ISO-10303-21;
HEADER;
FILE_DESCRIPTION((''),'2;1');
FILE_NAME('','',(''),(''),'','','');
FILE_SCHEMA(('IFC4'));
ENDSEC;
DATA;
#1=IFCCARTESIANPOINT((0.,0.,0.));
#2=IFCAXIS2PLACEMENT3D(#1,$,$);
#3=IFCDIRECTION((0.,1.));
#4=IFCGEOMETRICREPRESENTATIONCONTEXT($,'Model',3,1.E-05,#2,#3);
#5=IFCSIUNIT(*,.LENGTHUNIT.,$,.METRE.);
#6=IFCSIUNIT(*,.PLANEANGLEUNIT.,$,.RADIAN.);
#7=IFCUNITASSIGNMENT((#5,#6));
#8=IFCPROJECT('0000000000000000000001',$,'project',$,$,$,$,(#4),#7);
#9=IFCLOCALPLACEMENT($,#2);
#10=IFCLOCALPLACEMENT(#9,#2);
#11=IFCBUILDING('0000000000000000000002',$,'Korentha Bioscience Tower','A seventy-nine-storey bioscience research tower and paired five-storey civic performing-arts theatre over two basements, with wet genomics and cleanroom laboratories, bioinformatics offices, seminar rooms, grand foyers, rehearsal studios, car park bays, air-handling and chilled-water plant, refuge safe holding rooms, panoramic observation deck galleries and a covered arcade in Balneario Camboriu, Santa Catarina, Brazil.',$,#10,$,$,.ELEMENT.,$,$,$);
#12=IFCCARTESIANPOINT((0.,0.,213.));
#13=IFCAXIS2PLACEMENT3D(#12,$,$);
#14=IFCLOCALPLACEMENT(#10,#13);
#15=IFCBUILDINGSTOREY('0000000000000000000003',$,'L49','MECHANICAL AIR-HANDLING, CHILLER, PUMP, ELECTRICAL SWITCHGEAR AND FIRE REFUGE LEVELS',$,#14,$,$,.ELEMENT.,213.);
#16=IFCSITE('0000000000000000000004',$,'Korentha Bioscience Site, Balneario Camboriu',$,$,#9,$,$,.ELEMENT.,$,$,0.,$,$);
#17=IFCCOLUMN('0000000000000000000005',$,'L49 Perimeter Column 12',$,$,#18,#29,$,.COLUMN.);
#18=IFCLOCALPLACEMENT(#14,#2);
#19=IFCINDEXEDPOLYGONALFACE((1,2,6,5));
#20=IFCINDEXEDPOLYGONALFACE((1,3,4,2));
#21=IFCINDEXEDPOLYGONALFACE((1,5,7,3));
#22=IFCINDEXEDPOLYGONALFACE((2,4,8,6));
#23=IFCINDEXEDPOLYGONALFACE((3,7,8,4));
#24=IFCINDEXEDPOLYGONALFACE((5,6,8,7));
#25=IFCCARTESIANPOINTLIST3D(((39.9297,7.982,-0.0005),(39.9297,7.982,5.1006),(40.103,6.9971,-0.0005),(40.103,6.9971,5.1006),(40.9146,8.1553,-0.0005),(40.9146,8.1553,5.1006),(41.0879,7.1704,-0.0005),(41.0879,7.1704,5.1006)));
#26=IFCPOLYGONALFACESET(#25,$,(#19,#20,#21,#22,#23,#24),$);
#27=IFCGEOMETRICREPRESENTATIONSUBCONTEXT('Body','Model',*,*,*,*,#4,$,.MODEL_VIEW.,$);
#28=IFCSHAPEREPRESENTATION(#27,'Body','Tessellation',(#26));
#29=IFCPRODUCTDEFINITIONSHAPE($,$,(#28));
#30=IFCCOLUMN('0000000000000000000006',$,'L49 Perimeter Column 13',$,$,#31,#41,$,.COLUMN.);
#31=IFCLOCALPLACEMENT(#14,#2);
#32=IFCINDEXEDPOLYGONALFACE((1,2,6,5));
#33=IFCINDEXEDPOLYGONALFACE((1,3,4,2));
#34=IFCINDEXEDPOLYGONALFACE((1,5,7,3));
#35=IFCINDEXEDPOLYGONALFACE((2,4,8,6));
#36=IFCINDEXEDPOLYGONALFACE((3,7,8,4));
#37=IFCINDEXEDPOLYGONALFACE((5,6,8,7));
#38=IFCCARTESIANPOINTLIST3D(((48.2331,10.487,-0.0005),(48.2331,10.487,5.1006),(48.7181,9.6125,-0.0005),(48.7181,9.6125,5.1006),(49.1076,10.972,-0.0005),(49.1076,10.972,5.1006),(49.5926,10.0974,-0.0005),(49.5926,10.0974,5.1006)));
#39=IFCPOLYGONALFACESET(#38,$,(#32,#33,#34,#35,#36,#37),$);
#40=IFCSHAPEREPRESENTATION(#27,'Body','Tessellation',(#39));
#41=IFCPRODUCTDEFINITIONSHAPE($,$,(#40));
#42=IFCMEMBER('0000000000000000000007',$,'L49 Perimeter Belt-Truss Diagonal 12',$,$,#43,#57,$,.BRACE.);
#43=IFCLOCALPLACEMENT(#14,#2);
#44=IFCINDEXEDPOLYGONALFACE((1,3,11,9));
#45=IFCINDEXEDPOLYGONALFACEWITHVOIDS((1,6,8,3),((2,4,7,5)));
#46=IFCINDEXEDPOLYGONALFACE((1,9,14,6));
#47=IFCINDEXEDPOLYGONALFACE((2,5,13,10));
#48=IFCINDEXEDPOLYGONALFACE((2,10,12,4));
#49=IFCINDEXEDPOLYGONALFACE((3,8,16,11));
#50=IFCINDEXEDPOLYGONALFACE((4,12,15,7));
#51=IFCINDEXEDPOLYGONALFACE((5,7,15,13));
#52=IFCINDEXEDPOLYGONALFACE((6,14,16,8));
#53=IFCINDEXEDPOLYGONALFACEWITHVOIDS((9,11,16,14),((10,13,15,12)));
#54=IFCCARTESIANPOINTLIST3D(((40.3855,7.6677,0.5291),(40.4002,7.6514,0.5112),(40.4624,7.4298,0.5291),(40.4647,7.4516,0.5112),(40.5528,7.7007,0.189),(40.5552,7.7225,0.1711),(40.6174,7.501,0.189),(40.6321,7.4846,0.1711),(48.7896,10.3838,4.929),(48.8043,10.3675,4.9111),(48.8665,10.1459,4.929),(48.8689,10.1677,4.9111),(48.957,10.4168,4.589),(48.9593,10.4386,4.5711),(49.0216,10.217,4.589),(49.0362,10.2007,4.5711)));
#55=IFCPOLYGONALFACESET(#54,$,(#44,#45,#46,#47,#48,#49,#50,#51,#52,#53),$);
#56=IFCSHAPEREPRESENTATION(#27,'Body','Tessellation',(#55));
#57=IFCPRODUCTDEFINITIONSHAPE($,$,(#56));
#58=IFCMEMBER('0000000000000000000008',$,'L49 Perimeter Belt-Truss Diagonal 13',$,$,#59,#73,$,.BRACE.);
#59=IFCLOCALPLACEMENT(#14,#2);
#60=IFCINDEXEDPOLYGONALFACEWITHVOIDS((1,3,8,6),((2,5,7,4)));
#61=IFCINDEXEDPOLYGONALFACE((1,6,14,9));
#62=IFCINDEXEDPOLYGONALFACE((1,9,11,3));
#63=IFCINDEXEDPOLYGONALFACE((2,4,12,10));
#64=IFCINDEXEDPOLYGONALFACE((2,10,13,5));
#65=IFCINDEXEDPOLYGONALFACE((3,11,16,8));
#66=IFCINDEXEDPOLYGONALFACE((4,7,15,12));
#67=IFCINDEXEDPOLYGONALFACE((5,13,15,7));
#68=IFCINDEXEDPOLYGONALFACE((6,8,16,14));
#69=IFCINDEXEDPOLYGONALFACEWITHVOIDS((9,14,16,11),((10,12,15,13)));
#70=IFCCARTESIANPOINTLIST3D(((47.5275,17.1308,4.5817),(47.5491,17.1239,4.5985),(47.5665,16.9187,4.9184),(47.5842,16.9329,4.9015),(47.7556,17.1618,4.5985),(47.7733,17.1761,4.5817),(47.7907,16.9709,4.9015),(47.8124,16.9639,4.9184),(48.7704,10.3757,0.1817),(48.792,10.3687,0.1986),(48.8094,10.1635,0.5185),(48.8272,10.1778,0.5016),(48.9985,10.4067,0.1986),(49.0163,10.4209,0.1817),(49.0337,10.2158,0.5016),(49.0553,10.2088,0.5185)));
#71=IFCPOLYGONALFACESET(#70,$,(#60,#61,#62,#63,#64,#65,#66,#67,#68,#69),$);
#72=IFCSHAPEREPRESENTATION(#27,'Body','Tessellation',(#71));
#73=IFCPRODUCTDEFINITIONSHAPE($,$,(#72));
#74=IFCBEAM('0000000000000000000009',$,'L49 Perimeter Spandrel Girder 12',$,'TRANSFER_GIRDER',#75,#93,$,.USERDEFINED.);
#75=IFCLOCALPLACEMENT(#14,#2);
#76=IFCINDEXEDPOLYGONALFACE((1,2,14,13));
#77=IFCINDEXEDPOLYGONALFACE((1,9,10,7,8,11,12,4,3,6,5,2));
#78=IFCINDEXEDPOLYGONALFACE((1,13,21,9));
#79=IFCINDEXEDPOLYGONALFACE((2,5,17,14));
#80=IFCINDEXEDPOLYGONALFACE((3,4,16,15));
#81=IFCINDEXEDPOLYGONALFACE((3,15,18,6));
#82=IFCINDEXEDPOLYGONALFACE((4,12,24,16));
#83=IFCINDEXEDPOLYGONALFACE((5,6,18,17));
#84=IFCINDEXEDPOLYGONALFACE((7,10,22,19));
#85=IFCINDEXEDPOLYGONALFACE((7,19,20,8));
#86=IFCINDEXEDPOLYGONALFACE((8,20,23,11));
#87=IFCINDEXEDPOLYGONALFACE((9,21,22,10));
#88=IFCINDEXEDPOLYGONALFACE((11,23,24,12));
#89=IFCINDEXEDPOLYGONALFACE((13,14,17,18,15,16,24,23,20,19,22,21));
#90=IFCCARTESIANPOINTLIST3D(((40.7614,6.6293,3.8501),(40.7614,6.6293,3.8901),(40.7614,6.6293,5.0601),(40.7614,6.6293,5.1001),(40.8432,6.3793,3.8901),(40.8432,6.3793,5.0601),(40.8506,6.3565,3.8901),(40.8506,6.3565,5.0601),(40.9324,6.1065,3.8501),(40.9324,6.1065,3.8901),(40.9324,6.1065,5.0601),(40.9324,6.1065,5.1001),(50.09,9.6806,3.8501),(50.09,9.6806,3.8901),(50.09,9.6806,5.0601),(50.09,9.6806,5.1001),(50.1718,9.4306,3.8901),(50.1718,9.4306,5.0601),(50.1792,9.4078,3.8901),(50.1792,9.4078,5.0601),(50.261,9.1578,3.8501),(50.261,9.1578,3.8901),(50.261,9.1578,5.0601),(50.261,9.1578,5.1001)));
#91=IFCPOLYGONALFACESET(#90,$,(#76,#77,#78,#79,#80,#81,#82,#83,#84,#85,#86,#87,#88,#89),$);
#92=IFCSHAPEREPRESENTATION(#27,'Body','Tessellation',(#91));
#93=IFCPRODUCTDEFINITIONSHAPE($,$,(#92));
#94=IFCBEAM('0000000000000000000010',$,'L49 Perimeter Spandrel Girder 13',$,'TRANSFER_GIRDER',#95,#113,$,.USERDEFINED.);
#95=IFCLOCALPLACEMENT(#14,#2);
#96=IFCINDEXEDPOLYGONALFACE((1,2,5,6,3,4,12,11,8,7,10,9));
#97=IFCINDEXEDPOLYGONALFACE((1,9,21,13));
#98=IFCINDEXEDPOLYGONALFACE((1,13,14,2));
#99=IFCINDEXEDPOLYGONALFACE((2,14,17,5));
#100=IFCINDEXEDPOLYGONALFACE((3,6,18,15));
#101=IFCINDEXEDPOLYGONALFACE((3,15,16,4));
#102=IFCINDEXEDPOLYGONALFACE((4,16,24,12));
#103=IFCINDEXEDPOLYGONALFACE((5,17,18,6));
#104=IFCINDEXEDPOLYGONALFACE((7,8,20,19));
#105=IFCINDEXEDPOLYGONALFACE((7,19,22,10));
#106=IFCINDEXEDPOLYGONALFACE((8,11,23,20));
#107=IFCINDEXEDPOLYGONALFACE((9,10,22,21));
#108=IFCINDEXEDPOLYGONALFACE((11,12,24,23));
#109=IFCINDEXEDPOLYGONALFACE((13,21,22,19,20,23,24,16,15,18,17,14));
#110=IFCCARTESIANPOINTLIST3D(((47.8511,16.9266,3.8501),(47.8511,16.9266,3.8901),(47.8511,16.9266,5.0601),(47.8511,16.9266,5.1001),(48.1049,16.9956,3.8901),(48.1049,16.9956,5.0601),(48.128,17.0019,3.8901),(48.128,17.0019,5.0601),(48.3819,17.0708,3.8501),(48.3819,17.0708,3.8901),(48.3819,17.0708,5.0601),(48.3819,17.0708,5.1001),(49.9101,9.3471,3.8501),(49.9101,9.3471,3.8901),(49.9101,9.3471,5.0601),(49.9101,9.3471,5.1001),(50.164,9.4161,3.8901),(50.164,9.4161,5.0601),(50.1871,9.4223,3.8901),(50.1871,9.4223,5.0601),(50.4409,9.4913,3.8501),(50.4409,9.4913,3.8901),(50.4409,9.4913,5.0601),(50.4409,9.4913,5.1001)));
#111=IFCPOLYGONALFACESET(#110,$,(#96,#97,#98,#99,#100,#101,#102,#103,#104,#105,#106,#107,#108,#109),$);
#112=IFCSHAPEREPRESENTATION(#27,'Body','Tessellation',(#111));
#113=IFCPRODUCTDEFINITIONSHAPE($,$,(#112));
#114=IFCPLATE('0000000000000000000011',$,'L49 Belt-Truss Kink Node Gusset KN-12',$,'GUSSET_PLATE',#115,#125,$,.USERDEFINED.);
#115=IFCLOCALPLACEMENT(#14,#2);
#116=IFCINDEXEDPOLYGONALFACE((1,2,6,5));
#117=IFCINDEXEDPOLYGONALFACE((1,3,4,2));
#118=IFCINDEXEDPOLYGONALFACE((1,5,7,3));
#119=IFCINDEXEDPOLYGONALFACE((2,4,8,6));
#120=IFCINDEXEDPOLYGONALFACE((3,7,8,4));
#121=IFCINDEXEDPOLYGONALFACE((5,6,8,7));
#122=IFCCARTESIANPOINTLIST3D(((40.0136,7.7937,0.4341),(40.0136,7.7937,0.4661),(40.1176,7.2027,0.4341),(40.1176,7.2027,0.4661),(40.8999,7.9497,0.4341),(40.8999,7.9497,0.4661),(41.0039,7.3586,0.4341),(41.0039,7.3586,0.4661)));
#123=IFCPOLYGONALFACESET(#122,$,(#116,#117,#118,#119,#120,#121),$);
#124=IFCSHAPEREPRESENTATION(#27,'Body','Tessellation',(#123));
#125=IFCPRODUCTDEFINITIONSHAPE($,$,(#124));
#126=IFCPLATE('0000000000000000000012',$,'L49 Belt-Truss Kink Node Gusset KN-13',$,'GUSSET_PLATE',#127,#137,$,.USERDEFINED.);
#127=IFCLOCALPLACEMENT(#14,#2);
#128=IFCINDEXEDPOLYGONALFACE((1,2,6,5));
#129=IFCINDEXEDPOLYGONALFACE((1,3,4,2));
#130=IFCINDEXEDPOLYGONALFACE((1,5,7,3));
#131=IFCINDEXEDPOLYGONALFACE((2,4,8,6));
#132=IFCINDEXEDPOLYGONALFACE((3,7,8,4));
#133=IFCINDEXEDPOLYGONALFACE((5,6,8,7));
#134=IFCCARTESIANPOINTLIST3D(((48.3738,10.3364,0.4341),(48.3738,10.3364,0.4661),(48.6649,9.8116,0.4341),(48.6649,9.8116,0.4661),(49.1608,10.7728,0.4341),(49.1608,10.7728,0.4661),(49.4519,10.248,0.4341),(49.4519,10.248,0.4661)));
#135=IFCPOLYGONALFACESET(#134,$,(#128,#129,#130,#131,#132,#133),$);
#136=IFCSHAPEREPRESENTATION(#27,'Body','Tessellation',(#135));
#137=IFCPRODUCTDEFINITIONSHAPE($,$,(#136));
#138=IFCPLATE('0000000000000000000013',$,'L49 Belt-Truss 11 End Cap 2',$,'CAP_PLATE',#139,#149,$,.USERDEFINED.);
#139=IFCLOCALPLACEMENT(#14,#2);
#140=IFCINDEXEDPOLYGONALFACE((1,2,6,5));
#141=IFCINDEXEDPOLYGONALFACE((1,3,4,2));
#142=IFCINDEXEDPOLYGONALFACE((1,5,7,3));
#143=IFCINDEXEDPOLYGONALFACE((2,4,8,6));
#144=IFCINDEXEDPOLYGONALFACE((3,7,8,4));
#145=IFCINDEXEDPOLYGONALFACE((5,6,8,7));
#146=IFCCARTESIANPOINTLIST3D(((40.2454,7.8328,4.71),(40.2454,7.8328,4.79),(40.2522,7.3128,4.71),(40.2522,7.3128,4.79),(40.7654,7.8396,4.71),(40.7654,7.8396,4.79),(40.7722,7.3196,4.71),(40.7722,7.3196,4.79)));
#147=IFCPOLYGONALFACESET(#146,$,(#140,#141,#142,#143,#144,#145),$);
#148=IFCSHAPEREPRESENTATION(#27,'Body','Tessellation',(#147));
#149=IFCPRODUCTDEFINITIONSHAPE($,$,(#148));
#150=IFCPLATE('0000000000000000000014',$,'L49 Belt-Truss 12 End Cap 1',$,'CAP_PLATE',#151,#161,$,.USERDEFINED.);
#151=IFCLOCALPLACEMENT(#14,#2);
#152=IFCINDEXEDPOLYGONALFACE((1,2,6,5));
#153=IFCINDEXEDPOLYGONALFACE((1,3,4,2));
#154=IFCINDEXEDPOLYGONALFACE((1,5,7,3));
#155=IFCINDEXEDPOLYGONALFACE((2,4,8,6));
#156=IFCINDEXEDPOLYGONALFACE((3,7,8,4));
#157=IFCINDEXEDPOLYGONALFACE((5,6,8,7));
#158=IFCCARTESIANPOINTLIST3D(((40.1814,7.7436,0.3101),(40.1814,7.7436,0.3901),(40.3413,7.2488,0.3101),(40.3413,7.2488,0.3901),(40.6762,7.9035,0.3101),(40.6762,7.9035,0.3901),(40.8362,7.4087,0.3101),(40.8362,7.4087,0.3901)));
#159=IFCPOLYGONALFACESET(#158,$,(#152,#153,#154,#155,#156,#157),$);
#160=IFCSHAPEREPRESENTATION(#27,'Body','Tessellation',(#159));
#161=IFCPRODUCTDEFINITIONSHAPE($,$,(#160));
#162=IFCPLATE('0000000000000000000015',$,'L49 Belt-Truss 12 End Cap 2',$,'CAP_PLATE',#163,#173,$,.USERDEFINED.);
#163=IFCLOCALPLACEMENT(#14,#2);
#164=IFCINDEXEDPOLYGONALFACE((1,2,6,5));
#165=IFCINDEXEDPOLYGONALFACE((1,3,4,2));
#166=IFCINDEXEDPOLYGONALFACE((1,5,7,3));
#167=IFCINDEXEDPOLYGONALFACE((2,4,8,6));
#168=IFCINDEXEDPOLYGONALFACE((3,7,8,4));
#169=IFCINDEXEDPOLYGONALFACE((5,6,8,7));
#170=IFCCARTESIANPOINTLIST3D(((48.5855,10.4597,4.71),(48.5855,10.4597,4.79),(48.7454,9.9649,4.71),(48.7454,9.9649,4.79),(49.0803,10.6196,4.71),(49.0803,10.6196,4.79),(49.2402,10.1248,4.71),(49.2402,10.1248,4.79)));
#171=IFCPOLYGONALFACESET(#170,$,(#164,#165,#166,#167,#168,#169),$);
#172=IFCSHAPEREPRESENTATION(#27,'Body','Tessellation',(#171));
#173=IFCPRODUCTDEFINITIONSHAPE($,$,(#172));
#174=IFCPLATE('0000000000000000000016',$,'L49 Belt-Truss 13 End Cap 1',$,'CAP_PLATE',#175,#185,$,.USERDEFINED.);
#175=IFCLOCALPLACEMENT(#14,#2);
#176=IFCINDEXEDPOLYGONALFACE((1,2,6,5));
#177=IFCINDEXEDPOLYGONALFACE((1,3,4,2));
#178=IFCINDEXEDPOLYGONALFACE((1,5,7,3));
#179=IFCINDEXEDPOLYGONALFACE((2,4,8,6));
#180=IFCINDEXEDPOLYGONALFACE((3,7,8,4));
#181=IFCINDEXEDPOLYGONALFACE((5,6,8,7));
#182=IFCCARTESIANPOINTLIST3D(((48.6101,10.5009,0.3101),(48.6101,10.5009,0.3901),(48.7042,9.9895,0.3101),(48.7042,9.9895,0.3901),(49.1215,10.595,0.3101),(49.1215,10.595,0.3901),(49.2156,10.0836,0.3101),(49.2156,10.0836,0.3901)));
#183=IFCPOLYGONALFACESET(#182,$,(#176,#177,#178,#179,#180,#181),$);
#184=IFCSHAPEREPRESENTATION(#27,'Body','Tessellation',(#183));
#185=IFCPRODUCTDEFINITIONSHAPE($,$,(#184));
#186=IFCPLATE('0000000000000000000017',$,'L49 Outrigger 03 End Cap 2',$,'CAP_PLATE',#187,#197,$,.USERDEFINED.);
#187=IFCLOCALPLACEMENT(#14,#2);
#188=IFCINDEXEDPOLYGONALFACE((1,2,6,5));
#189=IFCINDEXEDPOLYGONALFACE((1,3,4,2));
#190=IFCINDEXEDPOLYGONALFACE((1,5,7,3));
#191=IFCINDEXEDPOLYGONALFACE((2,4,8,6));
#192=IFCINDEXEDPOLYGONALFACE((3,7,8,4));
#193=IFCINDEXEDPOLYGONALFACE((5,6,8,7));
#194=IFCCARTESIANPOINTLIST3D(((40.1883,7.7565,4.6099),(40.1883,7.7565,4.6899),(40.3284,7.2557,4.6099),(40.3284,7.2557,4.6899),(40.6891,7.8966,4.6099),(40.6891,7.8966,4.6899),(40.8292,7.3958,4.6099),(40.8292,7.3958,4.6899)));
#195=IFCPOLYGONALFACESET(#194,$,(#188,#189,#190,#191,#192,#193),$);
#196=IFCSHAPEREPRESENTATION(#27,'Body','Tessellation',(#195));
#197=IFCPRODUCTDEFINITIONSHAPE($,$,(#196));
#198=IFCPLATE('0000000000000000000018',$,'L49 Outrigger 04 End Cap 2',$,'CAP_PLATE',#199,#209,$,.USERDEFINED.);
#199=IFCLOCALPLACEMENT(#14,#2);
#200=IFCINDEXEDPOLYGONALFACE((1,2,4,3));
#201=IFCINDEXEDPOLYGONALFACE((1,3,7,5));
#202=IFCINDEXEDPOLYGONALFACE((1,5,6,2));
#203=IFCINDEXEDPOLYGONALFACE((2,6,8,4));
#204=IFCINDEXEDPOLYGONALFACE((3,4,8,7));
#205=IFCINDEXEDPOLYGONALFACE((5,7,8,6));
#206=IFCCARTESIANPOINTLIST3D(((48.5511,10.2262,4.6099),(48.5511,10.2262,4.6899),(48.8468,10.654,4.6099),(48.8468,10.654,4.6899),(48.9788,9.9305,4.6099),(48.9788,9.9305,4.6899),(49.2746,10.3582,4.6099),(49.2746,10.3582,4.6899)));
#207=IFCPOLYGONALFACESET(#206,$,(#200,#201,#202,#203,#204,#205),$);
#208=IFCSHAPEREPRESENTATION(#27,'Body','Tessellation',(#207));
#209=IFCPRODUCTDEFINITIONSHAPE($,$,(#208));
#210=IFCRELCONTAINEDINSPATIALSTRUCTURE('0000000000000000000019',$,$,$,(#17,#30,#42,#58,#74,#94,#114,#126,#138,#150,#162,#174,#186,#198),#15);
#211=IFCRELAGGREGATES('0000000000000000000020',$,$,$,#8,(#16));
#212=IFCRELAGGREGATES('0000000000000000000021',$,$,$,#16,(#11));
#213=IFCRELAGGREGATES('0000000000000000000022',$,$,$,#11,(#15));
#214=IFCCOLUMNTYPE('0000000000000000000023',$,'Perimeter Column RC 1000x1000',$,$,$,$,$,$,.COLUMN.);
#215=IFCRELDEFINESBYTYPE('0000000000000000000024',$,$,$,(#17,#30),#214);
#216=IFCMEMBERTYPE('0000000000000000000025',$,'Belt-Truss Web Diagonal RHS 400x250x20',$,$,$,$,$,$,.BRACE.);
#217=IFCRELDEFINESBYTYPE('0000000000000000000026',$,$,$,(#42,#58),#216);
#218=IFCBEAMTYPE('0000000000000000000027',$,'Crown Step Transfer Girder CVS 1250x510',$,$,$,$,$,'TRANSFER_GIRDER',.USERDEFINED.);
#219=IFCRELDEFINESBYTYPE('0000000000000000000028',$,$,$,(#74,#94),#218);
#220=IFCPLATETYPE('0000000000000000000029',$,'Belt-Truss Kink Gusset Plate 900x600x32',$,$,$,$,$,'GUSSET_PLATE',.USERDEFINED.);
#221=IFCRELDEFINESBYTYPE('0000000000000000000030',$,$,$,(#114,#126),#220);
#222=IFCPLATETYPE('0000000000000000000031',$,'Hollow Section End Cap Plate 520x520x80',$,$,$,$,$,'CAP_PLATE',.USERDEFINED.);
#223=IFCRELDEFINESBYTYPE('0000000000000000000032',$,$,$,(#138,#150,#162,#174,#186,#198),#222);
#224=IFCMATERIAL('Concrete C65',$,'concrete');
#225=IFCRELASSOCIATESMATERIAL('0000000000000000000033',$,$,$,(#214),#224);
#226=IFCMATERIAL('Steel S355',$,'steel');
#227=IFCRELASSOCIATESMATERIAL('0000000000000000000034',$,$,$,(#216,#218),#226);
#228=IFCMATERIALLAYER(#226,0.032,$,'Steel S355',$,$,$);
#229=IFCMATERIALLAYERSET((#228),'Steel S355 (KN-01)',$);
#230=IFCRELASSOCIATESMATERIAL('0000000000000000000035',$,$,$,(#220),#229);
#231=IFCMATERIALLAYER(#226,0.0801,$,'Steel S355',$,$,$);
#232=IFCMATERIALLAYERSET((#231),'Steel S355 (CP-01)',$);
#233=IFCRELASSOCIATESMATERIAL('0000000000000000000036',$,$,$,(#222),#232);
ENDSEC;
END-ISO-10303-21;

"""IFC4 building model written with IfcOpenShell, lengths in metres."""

from ifc_helpers import new_model, si_unit, direction, frame, origin, origin_2d, place, context, subcontext, project, spatial, rectangle, hollow_rectangle, i_section, extrude, material, layer, layer_set, material_profile, profile_set, type_object, element, save


model = new_model("IFC4")

# Units and contexts
model_context = context("Model", 3, precision=1e-05, world=origin(), true_north=direction((0.0, 1.0)))
body_context = subcontext(model_context, "Body", "Model", "MODEL_VIEW")
ifc_project = project(units=[si_unit("LENGTHUNIT", "METRE"), si_unit("PLANEANGLEUNIT", "RADIAN")], contexts=[model_context])

# Site, building, storey
site_placement = place(None, origin())
site = spatial("IfcSite", under=ifc_project, at=site_placement, Name="Korentha Bioscience Site, Balneario Camboriu", CompositionType="ELEMENT", RefElevation=0.0)
building_placement = place(site_placement, origin())
building = spatial("IfcBuilding", under=site, at=building_placement, Name="Korentha Bioscience Tower", Description="A seventy-nine-storey bioscience research tower and paired five-storey civic performing-arts theatre over two basements, with wet genomics and cleanroom laboratories, bioinformatics offices, seminar rooms, grand foyers, rehearsal studios, car park bays, air-handling and chilled-water plant, refuge safe holding rooms, panoramic observation deck galleries and a covered arcade in Balneario Camboriu, Santa Catarina, Brazil.", CompositionType="ELEMENT")
storey_placement = place(building_placement, frame((0.0, 0.0, 213.0)))
storey = spatial("IfcBuildingStorey", under=building, at=storey_placement, Name="L49", Description="MECHANICAL AIR-HANDLING, CHILLER, PUMP, ELECTRICAL SWITCHGEAR AND FIRE REFUGE LEVELS", CompositionType="ELEMENT", Elevation=213.0)

# Columns
ifc_material_1 = material(Name="Concrete C65", Category="concrete")
ifc_material_profile_1 = material_profile(ifc_material_1, rectangle(XDim=1.0, YDim=1.0, at=origin_2d()), Name="Concrete C65")
ifc_profile_set_1 = profile_set([ifc_material_profile_1], Name="Concrete C65 (COL-P10)")
column_type = type_object("IfcColumnType", Name="Perimeter Column RC 1000x1000", PredefinedType="COLUMN", material=ifc_profile_set_1)
for number, where, z_axis, x_axis, name in (
    (1, (40.5088, 7.5762, -0.0005), (0.0, 0.0, 1.0), (0.984868, 0.173304, 0.0), "L49 Perimeter Column 12"),
    (2, (48.9128, 10.2922, -0.0005), (0.0, 0.0, 1.0), (0.874535, 0.484962, 0.0), "L49 Perimeter Column 13"),
):
    element("IfcColumn", number, at=place(storey_placement, frame(where, z_axis=z_axis, x_axis=x_axis)), inside=storey, type_object=column_type, Name=name, PredefinedType="COLUMN", context=body_context, shape_type="SweptSolid", body=[
        extrude(rectangle(XDim=1.0, YDim=1.0, at=origin_2d()), origin(), (0.0, 0.0, 1.0), 5.1011),
    ])

# Members
ifc_material_2 = material(Name="Steel S355", Category="steel")
ifc_material_profile_2 = material_profile(ifc_material_2, hollow_rectangle(XDim=0.25, YDim=0.3999, WallThickness=0.02, at=origin_2d()), Name="Steel S355")
ifc_profile_set_2 = profile_set([ifc_material_profile_2], Name="Steel S355 (BT-D400)")
member_type = type_object("IfcMemberType", Name="Belt-Truss Web Diagonal RHS 400x250x20", PredefinedType="BRACE", material=ifc_profile_set_2)
member_1_placement = place(storey_placement, frame((40.5088, 7.5762, 0.3501), z_axis=(0.851705, 0.275258, 0.445906), x_axis=(-0.307524, 0.95154, 0.0)))
element("IfcMember", 3, at=member_1_placement, inside=storey, type_object=member_type, Name="L49 Perimeter Belt-Truss Diagonal 12", PredefinedType="BRACE", context=body_context, shape_type="SweptSolid", body=[
    extrude(hollow_rectangle(XDim=0.25, YDim=0.3999, WallThickness=0.02, at=origin_2d()), origin(), (0.0, 0.0, 1.0), 9.8674),
])
member_2_placement = place(storey_placement, frame((48.9128, 10.2922, 0.3501), z_axis=(-0.152376, 0.828144, 0.539406), x_axis=(-0.983491, -0.180959, 0.0)))
element("IfcMember", 4, at=member_2_placement, inside=storey, type_object=member_type, Name="L49 Perimeter Belt-Truss Diagonal 13", PredefinedType="BRACE", context=body_context, shape_type="SweptSolid", body=[
    extrude(hollow_rectangle(XDim=0.25, YDim=0.3999, WallThickness=0.02, at=origin_2d()), origin(), (0.0, 0.0, 1.0), 8.157),
])

# Beams
ifc_material_profile_3 = material_profile(ifc_material_2, i_section(OverallWidth=0.55, OverallDepth=1.25, WebThickness=0.0239, FlangeThickness=0.04, at=origin_2d()), Name="Steel S355")
ifc_profile_set_3 = profile_set([ifc_material_profile_3], Name="Steel S355 (TG-03)")
beam_type = type_object("IfcBeamType", Name="Crown Step Transfer Girder CVS 1250x510", ElementType="TRANSFER_GIRDER", PredefinedType="USERDEFINED", material=ifc_profile_set_3)
beam_1_placement = place(storey_placement, frame((40.8469, 6.3679, 4.4751), z_axis=(0.950449, 0.31088, 0.0), x_axis=(-0.31088, 0.950449, 0.0)))
element("IfcBeam", 5, at=beam_1_placement, inside=storey, type_object=beam_type, Name="L49 Perimeter Spandrel Girder 12", ObjectType="TRANSFER_GIRDER", PredefinedType="USERDEFINED", context=body_context, shape_type="SweptSolid", body=[
    extrude(i_section(OverallWidth=0.55, OverallDepth=1.25, WebThickness=0.0239, FlangeThickness=0.04, at=origin_2d()), origin(), (0.0, 0.0, 1.0), 9.8149),
])
beam_2_placement = place(storey_placement, frame((50.1755, 9.4192, 4.4751), z_axis=(-0.26216, 0.965024, 0.0), x_axis=(-0.965024, -0.26216, 0.0)))
element("IfcBeam", 6, at=beam_2_placement, inside=storey, type_object=beam_type, Name="L49 Perimeter Spandrel Girder 13", ObjectType="TRANSFER_GIRDER", PredefinedType="USERDEFINED", context=body_context, shape_type="SweptSolid", body=[
    extrude(i_section(OverallWidth=0.55, OverallDepth=1.25, WebThickness=0.0239, FlangeThickness=0.04, at=origin_2d()), origin(), (0.0, 0.0, 1.0), 7.8542),
])

# Plates
ifc_layer_1 = layer(ifc_material_2, 0.032, Name="Steel S355")
ifc_layer_set_1 = layer_set([ifc_layer_1], Name="Steel S355 (KN-01)")
plate_type_1 = type_object("IfcPlateType", Name="Belt-Truss Kink Gusset Plate 900x600x32", ElementType="GUSSET_PLATE", PredefinedType="USERDEFINED", material=ifc_layer_set_1)
for number, where, z_axis, x_axis, name in (
    (7, (40.5088, 7.5762, 0.4341), (0.0, 0.0, 1.0), (0.984868, 0.173304, 0.0), "L49 Belt-Truss Kink Node Gusset KN-12"),
    (8, (48.9128, 10.2922, 0.4341), (0.0, 0.0, 1.0), (0.874535, 0.484962, 0.0), "L49 Belt-Truss Kink Node Gusset KN-13"),
):
    element("IfcPlate", number, at=place(storey_placement, frame(where, z_axis=z_axis, x_axis=x_axis)), inside=storey, type_object=plate_type_1, Name=name, ObjectType="GUSSET_PLATE", PredefinedType="USERDEFINED", context=body_context, shape_type="SweptSolid", body=[
        extrude(rectangle(XDim=0.8999, YDim=0.6001, at=origin_2d()), origin(), (0.0, 0.0, 1.0), 0.032),
    ])
ifc_layer_2 = layer(ifc_material_2, 0.0801, Name="Steel S355")
ifc_layer_set_2 = layer_set([ifc_layer_2], Name="Steel S355 (CP-01)")
plate_type_2 = type_object("IfcPlateType", Name="Hollow Section End Cap Plate 520x520x80", ElementType="CAP_PLATE", PredefinedType="USERDEFINED", material=ifc_layer_set_2)
for number, where, z_axis, x_axis, name in (
    (9, (40.5088, 7.5762, 4.71), (0.0, 0.0, 1.0), (0.999914, 0.01309, 0.0), "L49 Belt-Truss 11 End Cap 2"),
    (10, (40.5088, 7.5762, 0.3101), (0.0, 0.0, 1.0), (0.951541, 0.307523, 0.0), "L49 Belt-Truss 12 End Cap 1"),
    (11, (48.9128, 10.2922, 4.71), (0.0, 0.0, 1.0), (0.951541, 0.307523, 0.0), "L49 Belt-Truss 12 End Cap 2"),
    (12, (48.9128, 10.2922, 0.3101), (0.0, 0.0, 1.0), (-0.181034, 0.983477, 0.0), "L49 Belt-Truss 13 End Cap 1"),
    (13, (40.5088, 7.5762, 4.6099), (0.0, 0.0, 1.0), (-0.269424, 0.963022, 0.0), "L49 Outrigger 03 End Cap 2"),
    (14, (48.9128, 10.2922, 4.6099), (0.0, 0.0, 1.0), (-0.822541, 0.568705, 0.0), "L49 Outrigger 04 End Cap 2"),
):
    element("IfcPlate", number, at=place(storey_placement, frame(where, z_axis=z_axis, x_axis=x_axis)), inside=storey, type_object=plate_type_2, Name=name, ObjectType="CAP_PLATE", PredefinedType="USERDEFINED", context=body_context, shape_type="SweptSolid", body=[
        extrude(rectangle(XDim=0.52, YDim=0.52, at=origin_2d()), origin(), (0.0, 0.0, 1.0), 0.0801),
    ])

save(model, "model.ifc")
